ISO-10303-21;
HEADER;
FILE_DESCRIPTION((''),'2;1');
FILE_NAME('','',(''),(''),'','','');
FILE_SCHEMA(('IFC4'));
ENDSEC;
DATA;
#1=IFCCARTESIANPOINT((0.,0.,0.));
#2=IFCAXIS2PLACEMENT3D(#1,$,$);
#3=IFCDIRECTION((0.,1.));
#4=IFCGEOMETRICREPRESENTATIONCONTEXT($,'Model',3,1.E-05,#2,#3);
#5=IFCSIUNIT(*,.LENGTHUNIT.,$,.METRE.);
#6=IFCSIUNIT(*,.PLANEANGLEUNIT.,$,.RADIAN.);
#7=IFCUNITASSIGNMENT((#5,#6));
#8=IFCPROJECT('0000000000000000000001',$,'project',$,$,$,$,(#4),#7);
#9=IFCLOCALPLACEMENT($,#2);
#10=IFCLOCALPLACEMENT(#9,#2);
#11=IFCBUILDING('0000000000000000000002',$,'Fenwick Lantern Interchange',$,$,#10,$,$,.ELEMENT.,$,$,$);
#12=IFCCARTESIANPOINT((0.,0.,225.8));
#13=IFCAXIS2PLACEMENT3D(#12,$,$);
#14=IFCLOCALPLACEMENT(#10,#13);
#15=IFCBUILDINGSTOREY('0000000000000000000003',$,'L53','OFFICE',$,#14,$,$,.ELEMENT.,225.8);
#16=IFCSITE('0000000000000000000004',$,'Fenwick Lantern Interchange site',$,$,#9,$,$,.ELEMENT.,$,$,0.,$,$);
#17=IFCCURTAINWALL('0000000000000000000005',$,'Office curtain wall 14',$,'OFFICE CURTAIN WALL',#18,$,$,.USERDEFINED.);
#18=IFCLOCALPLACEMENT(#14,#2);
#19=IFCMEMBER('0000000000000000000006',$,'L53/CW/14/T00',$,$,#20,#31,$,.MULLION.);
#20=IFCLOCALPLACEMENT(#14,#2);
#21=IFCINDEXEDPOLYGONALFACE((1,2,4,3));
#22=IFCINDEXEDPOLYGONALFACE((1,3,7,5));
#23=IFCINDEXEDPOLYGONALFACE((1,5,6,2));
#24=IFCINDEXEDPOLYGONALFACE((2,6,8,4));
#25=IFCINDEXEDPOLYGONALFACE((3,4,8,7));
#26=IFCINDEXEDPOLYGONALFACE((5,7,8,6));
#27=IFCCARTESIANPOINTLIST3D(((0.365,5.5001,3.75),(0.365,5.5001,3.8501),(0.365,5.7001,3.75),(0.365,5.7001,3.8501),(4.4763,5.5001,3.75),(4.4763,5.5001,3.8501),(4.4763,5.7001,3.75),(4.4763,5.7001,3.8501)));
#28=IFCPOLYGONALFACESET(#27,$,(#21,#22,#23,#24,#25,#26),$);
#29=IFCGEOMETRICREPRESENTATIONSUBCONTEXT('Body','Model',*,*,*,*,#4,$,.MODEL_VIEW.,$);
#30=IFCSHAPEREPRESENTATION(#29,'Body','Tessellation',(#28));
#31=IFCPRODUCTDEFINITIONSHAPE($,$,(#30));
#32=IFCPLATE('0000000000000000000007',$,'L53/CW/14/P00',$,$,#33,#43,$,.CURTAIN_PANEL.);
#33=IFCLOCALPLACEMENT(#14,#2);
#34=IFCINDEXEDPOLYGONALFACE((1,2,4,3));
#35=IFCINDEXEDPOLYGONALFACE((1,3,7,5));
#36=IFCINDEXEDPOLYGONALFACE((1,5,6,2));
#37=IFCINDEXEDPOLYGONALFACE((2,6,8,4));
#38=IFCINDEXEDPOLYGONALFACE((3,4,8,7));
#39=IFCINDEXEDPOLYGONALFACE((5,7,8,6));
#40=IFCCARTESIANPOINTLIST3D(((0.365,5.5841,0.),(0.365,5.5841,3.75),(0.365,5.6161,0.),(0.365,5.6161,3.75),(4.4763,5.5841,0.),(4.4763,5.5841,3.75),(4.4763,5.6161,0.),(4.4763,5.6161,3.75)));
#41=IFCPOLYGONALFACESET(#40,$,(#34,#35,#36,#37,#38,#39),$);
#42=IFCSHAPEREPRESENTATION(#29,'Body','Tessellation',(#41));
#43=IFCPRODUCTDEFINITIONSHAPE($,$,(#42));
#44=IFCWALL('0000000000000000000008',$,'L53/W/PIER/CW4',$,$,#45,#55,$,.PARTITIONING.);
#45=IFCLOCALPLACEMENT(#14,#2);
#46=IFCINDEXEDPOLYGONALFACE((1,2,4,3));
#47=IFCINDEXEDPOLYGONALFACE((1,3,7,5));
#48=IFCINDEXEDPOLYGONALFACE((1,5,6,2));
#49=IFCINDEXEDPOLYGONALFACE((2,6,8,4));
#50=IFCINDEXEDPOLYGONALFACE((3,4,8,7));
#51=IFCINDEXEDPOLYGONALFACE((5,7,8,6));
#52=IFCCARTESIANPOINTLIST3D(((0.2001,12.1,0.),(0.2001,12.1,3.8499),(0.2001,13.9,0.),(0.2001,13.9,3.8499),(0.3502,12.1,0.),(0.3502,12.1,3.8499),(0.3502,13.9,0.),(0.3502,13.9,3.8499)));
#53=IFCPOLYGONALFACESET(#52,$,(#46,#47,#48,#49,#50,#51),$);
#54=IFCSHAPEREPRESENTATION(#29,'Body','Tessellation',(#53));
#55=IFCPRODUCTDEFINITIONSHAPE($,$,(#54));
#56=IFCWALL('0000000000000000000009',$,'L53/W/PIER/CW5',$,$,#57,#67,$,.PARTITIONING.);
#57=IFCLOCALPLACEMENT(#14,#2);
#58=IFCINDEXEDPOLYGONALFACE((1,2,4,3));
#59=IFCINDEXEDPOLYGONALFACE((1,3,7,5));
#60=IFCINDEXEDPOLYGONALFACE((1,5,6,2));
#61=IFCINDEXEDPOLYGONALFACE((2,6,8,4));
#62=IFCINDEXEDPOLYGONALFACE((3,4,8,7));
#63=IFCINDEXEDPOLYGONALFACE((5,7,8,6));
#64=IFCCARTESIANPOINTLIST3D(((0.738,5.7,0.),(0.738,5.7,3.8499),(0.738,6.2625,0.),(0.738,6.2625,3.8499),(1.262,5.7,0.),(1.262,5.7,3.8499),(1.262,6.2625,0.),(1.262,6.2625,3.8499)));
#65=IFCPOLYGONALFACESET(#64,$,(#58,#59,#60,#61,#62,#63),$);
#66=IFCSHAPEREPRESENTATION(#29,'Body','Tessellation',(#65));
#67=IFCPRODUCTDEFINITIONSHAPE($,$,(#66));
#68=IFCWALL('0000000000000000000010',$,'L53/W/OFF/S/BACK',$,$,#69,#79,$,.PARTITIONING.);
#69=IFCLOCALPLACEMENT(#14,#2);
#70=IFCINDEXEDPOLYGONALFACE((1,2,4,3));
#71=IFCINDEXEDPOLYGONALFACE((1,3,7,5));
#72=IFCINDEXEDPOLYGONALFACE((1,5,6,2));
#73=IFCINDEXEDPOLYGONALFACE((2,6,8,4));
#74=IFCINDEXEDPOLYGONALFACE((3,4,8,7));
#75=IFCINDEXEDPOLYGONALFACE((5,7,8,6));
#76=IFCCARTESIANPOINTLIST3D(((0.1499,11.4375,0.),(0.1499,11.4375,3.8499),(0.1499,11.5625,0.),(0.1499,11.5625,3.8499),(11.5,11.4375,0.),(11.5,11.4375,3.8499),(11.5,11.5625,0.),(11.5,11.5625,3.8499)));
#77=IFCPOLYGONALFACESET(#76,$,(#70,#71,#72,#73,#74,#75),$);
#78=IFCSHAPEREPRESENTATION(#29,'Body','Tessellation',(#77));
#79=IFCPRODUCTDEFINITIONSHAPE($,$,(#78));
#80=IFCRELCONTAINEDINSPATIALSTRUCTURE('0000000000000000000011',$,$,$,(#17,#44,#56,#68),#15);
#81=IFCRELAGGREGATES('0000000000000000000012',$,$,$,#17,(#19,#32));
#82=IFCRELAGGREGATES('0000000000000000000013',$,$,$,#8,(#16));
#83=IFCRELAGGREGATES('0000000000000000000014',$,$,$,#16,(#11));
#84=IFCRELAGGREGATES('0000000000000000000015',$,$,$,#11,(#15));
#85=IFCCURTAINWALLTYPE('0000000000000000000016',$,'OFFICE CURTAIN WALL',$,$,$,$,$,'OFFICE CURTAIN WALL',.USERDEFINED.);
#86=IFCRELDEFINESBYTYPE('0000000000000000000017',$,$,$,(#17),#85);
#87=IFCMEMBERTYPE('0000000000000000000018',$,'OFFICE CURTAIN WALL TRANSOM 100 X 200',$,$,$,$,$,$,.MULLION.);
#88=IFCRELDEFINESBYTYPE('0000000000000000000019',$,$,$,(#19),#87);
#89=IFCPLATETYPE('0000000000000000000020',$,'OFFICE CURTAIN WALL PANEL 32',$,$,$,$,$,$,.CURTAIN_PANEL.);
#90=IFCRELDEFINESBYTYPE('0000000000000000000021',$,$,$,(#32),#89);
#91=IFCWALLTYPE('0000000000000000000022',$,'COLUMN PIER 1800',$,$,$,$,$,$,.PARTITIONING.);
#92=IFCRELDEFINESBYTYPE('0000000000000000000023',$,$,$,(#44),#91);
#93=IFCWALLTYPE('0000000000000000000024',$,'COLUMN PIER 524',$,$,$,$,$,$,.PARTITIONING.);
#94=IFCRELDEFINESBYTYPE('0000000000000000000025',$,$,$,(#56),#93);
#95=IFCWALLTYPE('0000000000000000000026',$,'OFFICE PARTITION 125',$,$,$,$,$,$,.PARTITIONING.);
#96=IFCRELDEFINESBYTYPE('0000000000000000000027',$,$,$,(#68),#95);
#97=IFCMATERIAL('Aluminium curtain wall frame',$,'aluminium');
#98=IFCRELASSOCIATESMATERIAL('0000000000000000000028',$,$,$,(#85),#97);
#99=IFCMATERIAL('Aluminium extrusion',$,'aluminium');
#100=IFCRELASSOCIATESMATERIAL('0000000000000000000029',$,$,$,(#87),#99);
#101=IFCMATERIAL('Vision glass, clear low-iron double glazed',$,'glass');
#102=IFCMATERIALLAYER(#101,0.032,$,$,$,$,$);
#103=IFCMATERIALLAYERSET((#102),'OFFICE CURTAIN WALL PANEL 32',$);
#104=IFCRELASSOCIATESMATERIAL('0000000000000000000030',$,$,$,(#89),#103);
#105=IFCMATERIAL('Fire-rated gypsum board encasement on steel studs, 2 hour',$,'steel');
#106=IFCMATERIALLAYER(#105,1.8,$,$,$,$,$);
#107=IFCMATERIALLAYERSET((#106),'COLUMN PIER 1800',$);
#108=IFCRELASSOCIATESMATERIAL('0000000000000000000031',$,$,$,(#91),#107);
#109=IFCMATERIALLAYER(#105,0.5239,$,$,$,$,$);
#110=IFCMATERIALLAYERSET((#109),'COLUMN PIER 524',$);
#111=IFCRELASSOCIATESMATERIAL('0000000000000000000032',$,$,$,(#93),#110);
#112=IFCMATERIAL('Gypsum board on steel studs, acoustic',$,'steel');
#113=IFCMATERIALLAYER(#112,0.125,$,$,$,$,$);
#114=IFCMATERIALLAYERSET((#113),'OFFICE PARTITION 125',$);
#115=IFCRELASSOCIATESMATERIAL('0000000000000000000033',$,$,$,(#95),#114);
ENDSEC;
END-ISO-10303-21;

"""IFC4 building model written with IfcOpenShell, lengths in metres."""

from ifc_helpers import new_model, si_unit, direction, frame, frame_2d, origin, origin_2d, place, context, subcontext, project, spatial, rectangle, extrude, material, layer, layer_set, material_profile, profile_set, type_object, element, aggregate, save


model = new_model("IFC4")

# Units and contexts
model_context = context("Model", 3, precision=1e-05, world=origin(), true_north=direction((0.0, 1.0)))
body_context = subcontext(model_context, "Body", "Model", "MODEL_VIEW")
ifc_project = project(units=[si_unit("LENGTHUNIT", "METRE"), si_unit("PLANEANGLEUNIT", "RADIAN")], contexts=[model_context])

# Site, building, storey
site_placement = place(None, origin())
site = spatial("IfcSite", under=ifc_project, at=site_placement, Name="Fenwick Lantern Interchange site", CompositionType="ELEMENT", RefElevation=0.0)
building_placement = place(site_placement, origin())
building = spatial("IfcBuilding", under=site, at=building_placement, Name="Fenwick Lantern Interchange", CompositionType="ELEMENT")
storey_placement = place(building_placement, frame((0.0, 0.0, 225.8)))
storey = spatial("IfcBuildingStorey", under=building, at=storey_placement, Name="L53", Description="OFFICE", CompositionType="ELEMENT", Elevation=225.8)

# Shared definitions
ifc_material_1 = material(Name="Aluminium curtain wall frame", Category="aluminium")
curtain_wall_type = type_object("IfcCurtainWallType", Name="OFFICE CURTAIN WALL", ElementType="OFFICE CURTAIN WALL", PredefinedType="USERDEFINED", material=ifc_material_1)
ifc_material_2 = material(Name="Aluminium extrusion", Category="aluminium")

# Curtain wall
curtain_wall_1_placement = place(storey_placement, origin())
curtain_wall_1 = element("IfcCurtainWall", 1, at=curtain_wall_1_placement, inside=storey, type_object=curtain_wall_type, Name="Office curtain wall 14", ObjectType="OFFICE CURTAIN WALL", PredefinedType="USERDEFINED")

# Member
ifc_material_profile_1 = material_profile(ifc_material_2, rectangle(XDim=0.2, YDim=0.1001, at=origin_2d()), Name="OFFICE CURTAIN WALL TRANSOM 100 X 200")
ifc_profile_set_1 = profile_set([ifc_material_profile_1], Name="Aluminium extrusion")
member_type_1 = type_object("IfcMemberType", Name="OFFICE CURTAIN WALL TRANSOM 100 X 200", PredefinedType="MULLION", material=ifc_profile_set_1)
member_1_placement = place(storey_placement, frame((0.365, 5.6001, 3.8), z_axis=(1.0, 0.0, 0.0), x_axis=(0.0, 1.0, 0.0)))
member_1 = element("IfcMember", 2, at=member_1_placement, type_object=member_type_1, Name="L53/CW/14/T00", PredefinedType="MULLION", context=body_context, shape_type="SweptSolid", body=[
    extrude(rectangle(XDim=0.2, YDim=0.1001, at=origin_2d()), origin(), (0.0, 0.0, 1.0), 4.1113),
])

# Plate
ifc_material_3 = material(Name="Vision glass, clear low-iron double glazed", Category="glass")
ifc_layer_1 = layer(ifc_material_3, 0.032)
ifc_layer_set_1 = layer_set([ifc_layer_1], Name="OFFICE CURTAIN WALL PANEL 32")
plate_type = type_object("IfcPlateType", Name="OFFICE CURTAIN WALL PANEL 32", PredefinedType="CURTAIN_PANEL", material=ifc_layer_set_1)
plate_placement = place(storey_placement, frame((2.4207, 5.6001, 0.0), z_axis=(0.0, 0.0, 1.0), x_axis=(1.0, 0.0, 0.0)))
plate = element("IfcPlate", 3, at=plate_placement, type_object=plate_type, Name="L53/CW/14/P00", PredefinedType="CURTAIN_PANEL", context=body_context, shape_type="SweptSolid", body=[
    extrude(rectangle(XDim=4.1113, YDim=0.032, at=origin_2d()), origin(), (0.0, 0.0, 1.0), 3.75),
])
aggregate(curtain_wall_1, [member_1, plate])

# Walls
ifc_material_4 = material(Name="Fire-rated gypsum board encasement on steel studs, 2 hour", Category="steel")
ifc_layer_2 = layer(ifc_material_4, 1.8)
ifc_layer_set_2 = layer_set([ifc_layer_2], Name="COLUMN PIER 1800")
wall_type_1 = type_object("IfcWallType", Name="COLUMN PIER 1800", PredefinedType="PARTITIONING", material=ifc_layer_set_2)
wall_1_placement = place(storey_placement, frame((0.2, 13.0, 0.0), z_axis=(0.0, 0.0, 1.0), x_axis=(1.0, 0.0, 0.0)))
element("IfcWall", 4, at=wall_1_placement, inside=storey, type_object=wall_type_1, Name="L53/W/PIER/CW4", PredefinedType="PARTITIONING", context=body_context, shape_type="SweptSolid", body=[
    extrude(rectangle(XDim=0.1501, YDim=1.8, at=frame_2d((0.0752, 0.0))), origin(), (0.0, 0.0, 1.0), 3.8499),
])
ifc_layer_3 = layer(ifc_material_4, 0.5239)
ifc_layer_set_3 = layer_set([ifc_layer_3], Name="COLUMN PIER 524")
wall_type_2 = type_object("IfcWallType", Name="COLUMN PIER 524", PredefinedType="PARTITIONING", material=ifc_layer_set_3)
wall_2_placement = place(storey_placement, frame((1.0, 5.7, 0.0), z_axis=(0.0, 0.0, 1.0), x_axis=(0.0, 1.0, 0.0)))
element("IfcWall", 5, at=wall_2_placement, inside=storey, type_object=wall_type_2, Name="L53/W/PIER/CW5", PredefinedType="PARTITIONING", context=body_context, shape_type="SweptSolid", body=[
    extrude(rectangle(XDim=0.5625, YDim=0.5239, at=frame_2d((0.2812, 0.0))), origin(), (0.0, 0.0, 1.0), 3.8499),
])
ifc_material_5 = material(Name="Gypsum board on steel studs, acoustic", Category="steel")
ifc_layer_4 = layer(ifc_material_5, 0.125)
ifc_layer_set_4 = layer_set([ifc_layer_4], Name="OFFICE PARTITION 125")
wall_type_3 = type_object("IfcWallType", Name="OFFICE PARTITION 125", PredefinedType="PARTITIONING", material=ifc_layer_set_4)
wall_3_placement = place(storey_placement, frame((0.1499, 11.5, 0.0), z_axis=(0.0, 0.0, 1.0), x_axis=(1.0, 0.0, 0.0)))
element("IfcWall", 6, at=wall_3_placement, inside=storey, type_object=wall_type_3, Name="L53/W/OFF/S/BACK", PredefinedType="PARTITIONING", context=body_context, shape_type="SweptSolid", body=[
    extrude(rectangle(XDim=11.3501, YDim=0.125, at=frame_2d((5.675, 0.0))), origin(), (0.0, 0.0, 1.0), 3.8499),
])

save(model, "model.ifc")
